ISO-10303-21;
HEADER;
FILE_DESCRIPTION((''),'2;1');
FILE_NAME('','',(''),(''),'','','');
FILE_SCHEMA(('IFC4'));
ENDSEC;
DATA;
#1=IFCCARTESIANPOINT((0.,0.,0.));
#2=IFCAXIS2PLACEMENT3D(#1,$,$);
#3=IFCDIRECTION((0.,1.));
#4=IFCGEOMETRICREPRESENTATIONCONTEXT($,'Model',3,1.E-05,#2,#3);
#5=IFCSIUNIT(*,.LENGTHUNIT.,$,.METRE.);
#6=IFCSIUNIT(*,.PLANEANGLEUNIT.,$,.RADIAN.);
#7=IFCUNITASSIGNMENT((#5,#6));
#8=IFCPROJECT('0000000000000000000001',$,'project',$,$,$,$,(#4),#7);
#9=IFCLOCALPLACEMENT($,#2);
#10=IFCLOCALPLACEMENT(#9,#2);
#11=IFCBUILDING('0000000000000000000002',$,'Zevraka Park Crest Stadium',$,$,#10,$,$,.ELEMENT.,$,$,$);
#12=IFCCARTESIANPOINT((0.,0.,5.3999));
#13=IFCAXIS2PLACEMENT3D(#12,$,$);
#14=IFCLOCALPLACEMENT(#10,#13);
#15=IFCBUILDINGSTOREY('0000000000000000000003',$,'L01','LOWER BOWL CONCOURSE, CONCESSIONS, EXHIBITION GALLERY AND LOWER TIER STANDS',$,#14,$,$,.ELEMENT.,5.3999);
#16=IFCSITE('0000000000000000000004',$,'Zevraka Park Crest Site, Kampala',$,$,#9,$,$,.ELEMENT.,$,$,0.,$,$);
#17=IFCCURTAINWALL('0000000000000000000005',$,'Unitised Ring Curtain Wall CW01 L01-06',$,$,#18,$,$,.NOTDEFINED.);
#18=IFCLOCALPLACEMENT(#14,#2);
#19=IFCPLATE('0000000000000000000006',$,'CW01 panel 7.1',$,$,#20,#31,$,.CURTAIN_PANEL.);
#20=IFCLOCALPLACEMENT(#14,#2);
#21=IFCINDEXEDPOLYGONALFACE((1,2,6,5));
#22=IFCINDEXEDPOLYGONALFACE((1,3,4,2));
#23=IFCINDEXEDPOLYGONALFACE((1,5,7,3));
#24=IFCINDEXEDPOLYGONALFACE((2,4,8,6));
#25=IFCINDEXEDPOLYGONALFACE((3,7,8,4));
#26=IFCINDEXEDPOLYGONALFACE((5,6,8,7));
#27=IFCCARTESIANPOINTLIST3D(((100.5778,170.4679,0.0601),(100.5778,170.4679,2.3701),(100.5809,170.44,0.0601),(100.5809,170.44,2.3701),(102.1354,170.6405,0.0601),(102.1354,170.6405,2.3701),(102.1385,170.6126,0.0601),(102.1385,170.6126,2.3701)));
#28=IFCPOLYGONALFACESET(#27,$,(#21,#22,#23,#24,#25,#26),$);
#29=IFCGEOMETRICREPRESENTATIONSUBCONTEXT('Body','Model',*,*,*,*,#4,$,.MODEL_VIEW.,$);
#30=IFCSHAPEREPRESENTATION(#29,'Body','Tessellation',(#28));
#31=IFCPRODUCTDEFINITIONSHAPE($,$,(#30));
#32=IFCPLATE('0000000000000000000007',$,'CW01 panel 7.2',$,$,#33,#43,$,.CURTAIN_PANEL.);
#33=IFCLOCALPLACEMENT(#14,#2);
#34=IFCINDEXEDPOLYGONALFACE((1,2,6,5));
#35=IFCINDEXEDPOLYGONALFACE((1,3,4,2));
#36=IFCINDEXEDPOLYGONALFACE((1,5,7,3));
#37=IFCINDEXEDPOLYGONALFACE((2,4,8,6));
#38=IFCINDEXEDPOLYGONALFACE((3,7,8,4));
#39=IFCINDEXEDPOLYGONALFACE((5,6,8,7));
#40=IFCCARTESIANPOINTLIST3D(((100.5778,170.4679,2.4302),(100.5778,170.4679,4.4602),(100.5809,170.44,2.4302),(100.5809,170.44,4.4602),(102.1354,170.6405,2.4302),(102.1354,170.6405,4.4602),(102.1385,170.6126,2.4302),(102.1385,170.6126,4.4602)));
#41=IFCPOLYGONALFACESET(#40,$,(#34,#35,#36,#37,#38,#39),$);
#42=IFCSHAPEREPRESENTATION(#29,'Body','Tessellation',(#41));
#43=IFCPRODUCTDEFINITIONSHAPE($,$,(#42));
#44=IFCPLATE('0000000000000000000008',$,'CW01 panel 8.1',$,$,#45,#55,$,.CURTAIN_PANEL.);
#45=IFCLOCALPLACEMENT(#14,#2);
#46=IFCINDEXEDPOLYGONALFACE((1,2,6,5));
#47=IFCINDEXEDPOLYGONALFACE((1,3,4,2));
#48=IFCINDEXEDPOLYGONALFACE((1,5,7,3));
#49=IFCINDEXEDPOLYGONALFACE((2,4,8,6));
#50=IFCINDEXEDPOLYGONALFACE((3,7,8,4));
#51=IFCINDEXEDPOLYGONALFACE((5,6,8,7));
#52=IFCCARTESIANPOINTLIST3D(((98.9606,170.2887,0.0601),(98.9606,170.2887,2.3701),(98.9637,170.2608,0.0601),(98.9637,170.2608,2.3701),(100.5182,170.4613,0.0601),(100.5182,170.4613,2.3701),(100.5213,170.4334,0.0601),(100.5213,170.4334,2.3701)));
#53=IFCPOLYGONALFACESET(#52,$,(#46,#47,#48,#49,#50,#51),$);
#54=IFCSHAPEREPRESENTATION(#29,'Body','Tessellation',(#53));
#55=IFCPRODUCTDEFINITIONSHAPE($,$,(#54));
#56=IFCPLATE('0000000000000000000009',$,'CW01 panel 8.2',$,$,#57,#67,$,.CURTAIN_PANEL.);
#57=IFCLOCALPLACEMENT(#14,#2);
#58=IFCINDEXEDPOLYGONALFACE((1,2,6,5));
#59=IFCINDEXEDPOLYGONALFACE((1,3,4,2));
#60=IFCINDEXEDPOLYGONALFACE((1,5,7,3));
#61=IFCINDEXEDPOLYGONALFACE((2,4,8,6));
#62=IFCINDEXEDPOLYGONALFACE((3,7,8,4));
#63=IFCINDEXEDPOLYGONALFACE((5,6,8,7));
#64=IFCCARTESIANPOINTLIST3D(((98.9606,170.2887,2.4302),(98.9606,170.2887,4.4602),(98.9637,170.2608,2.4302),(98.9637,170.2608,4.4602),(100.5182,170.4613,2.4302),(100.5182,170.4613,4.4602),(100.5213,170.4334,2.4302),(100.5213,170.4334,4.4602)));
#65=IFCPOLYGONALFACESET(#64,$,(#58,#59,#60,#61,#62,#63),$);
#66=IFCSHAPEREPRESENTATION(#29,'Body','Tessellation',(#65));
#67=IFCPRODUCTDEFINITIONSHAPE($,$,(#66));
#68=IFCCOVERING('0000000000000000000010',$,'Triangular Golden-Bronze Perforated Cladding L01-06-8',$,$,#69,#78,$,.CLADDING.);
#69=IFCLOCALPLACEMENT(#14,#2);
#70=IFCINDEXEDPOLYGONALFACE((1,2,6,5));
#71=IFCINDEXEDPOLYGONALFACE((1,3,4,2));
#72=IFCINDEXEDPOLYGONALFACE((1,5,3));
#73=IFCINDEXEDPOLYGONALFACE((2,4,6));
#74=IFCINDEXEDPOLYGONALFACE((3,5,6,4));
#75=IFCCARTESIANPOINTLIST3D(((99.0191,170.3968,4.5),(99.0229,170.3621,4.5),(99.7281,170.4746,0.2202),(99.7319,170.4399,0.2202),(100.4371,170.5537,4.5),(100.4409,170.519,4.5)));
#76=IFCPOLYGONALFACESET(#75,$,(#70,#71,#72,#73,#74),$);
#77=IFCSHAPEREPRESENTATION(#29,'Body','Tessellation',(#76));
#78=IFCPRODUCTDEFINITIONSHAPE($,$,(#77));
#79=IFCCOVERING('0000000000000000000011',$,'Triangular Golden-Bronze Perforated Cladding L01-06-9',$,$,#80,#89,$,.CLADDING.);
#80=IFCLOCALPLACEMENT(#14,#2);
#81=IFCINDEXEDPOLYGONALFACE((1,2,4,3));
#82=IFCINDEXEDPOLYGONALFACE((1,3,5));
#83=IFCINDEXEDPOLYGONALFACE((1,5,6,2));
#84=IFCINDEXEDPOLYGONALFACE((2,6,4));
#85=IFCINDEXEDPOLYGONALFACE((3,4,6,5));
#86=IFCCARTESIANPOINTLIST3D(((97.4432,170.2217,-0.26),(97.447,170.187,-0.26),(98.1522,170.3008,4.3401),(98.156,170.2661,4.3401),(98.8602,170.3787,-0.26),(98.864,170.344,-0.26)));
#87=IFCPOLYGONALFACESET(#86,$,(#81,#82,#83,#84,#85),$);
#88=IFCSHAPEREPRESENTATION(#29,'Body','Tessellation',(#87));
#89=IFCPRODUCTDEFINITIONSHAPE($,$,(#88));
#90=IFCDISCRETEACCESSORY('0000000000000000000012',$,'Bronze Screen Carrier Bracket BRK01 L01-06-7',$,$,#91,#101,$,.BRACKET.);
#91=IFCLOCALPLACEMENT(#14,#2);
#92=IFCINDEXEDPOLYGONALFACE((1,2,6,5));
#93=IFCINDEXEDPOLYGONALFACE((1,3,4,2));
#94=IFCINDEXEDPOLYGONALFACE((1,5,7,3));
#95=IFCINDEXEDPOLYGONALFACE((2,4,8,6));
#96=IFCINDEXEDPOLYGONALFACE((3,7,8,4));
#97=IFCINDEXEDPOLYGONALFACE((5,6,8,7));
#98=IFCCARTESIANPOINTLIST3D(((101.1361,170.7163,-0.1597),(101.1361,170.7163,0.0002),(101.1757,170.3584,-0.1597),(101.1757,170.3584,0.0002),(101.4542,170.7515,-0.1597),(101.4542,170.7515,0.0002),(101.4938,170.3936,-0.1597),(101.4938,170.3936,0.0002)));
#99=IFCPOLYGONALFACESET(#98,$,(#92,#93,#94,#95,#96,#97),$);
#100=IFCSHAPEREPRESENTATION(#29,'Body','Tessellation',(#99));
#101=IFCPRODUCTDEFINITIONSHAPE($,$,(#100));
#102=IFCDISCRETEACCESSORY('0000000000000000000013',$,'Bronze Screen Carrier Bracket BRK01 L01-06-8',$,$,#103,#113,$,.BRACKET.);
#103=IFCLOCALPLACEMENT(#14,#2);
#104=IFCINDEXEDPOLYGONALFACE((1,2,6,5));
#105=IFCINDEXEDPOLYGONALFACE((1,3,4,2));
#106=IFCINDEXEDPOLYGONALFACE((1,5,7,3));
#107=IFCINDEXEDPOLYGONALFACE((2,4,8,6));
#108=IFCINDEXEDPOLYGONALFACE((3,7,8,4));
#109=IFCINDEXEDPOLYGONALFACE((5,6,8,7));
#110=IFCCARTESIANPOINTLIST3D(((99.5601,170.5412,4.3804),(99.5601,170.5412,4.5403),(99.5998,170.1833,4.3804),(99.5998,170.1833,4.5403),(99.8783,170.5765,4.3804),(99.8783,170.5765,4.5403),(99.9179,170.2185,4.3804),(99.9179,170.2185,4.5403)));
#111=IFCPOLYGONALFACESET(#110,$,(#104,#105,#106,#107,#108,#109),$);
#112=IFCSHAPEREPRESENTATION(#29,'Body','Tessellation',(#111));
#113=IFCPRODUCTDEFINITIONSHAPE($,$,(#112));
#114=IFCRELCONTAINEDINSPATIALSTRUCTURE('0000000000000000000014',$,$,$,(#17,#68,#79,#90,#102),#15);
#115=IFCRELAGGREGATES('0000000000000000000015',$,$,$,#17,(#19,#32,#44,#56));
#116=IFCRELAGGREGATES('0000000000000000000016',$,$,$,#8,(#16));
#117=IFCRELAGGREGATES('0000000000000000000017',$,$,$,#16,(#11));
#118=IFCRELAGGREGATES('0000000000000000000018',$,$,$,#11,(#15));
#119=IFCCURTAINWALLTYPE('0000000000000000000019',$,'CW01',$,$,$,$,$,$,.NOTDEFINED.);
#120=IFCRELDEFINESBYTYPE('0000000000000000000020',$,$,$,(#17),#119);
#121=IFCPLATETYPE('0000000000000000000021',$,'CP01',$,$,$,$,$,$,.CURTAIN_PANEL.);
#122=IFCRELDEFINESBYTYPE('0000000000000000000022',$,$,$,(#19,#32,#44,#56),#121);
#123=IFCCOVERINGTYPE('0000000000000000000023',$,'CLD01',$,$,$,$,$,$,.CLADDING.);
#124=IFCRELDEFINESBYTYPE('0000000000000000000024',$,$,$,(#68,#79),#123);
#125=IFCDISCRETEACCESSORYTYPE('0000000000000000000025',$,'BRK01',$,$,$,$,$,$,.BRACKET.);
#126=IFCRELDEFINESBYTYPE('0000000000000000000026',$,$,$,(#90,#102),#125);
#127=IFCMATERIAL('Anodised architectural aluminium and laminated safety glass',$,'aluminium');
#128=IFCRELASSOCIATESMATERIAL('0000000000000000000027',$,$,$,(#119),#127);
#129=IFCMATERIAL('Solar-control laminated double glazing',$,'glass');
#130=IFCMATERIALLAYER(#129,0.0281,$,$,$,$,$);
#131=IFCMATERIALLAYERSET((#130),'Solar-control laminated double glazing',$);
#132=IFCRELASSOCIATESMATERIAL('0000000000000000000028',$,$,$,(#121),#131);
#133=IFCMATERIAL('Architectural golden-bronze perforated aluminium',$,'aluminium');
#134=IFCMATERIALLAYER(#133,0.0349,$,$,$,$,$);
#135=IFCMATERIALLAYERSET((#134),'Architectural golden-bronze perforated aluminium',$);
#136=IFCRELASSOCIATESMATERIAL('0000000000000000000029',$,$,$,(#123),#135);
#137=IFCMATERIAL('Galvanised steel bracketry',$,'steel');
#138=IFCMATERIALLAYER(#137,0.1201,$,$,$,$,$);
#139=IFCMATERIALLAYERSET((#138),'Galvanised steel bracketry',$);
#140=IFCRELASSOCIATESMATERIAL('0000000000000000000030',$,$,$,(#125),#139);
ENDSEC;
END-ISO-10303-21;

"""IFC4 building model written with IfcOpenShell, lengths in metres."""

from ifc_helpers import new_model, si_unit, direction, frame, origin, origin_2d, place, context, subcontext, project, spatial, polyline, rectangle, outline, extrude, material, layer, layer_set, type_object, element, aggregate, save


model = new_model("IFC4")

# Units and contexts
model_context = context("Model", 3, precision=1e-05, world=origin(), true_north=direction((0.0, 1.0)))
body_context = subcontext(model_context, "Body", "Model", "MODEL_VIEW")
ifc_project = project(units=[si_unit("LENGTHUNIT", "METRE"), si_unit("PLANEANGLEUNIT", "RADIAN")], contexts=[model_context])

# Site, building, storey
site_placement = place(None, origin())
site = spatial("IfcSite", under=ifc_project, at=site_placement, Name="Zevraka Park Crest Site, Kampala", CompositionType="ELEMENT", RefElevation=0.0)
building_placement = place(site_placement, origin())
building = spatial("IfcBuilding", under=site, at=building_placement, Name="Zevraka Park Crest Stadium", CompositionType="ELEMENT")
storey_placement = place(building_placement, frame((0.0, 0.0, 5.3999)))
storey = spatial("IfcBuildingStorey", under=building, at=storey_placement, Name="L01", Description="LOWER BOWL CONCOURSE, CONCESSIONS, EXHIBITION GALLERY AND LOWER TIER STANDS", CompositionType="ELEMENT", Elevation=5.3999)

# Curtain wall
ifc_material_1 = material(Name="Anodised architectural aluminium and laminated safety glass", Category="aluminium")
curtain_wall_type = type_object("IfcCurtainWallType", Name="CW01", PredefinedType="NOTDEFINED", material=ifc_material_1)
curtain_wall_placement = place(storey_placement, origin())
curtain_wall = element("IfcCurtainWall", 1, at=curtain_wall_placement, inside=storey, type_object=curtain_wall_type, Name="Unitised Ring Curtain Wall CW01 L01-06", PredefinedType="NOTDEFINED")

# Plates
ifc_material_2 = material(Name="Solar-control laminated double glazing", Category="glass")
ifc_layer_1 = layer(ifc_material_2, 0.0281)
ifc_layer_set_1 = layer_set([ifc_layer_1], Name="Solar-control laminated double glazing")
plate_type = type_object("IfcPlateType", Name="CP01", PredefinedType="CURTAIN_PANEL", material=ifc_layer_set_1)
plate_1_placement = place(storey_placement, frame((101.3582, 170.5403, 0.0601), z_axis=(0.0, 0.0, 1.0), x_axis=(-0.993917, -0.110135, 0.0)))
plate_1 = element("IfcPlate", 2, at=plate_1_placement, type_object=plate_type, Name="CW01 panel 7.1", PredefinedType="CURTAIN_PANEL", context=body_context, shape_type="SweptSolid", body=[
    extrude(rectangle(XDim=1.5671, YDim=0.0281, at=origin_2d()), origin(), (0.0, 0.0, 1.0), 2.3101),
])
plate_2_placement = place(storey_placement, frame((101.3582, 170.5403, 2.4302), z_axis=(0.0, 0.0, 1.0), x_axis=(-0.993917, -0.110135, 0.0)))
plate_2 = element("IfcPlate", 3, at=plate_2_placement, type_object=plate_type, Name="CW01 panel 7.2", PredefinedType="CURTAIN_PANEL", context=body_context, shape_type="SweptSolid", body=[
    extrude(rectangle(XDim=1.5671, YDim=0.0281, at=origin_2d()), origin(), (0.0, 0.0, 1.0), 2.03),
])
plate_3_placement = place(storey_placement, frame((99.741, 170.3611, 0.0601), z_axis=(0.0, 0.0, 1.0), x_axis=(-0.993917, -0.110135, 0.0)))
plate_3 = element("IfcPlate", 4, at=plate_3_placement, type_object=plate_type, Name="CW01 panel 8.1", PredefinedType="CURTAIN_PANEL", context=body_context, shape_type="SweptSolid", body=[
    extrude(rectangle(XDim=1.5671, YDim=0.0281, at=origin_2d()), origin(), (0.0, 0.0, 1.0), 2.3101),
])
plate_4_placement = place(storey_placement, frame((99.741, 170.3611, 2.4302), z_axis=(0.0, 0.0, 1.0), x_axis=(-0.993917, -0.110135, 0.0)))
plate_4 = element("IfcPlate", 5, at=plate_4_placement, type_object=plate_type, Name="CW01 panel 8.2", PredefinedType="CURTAIN_PANEL", context=body_context, shape_type="SweptSolid", body=[
    extrude(rectangle(XDim=1.5671, YDim=0.0281, at=origin_2d()), origin(), (0.0, 0.0, 1.0), 2.03),
])
aggregate(curtain_wall, [plate_1, plate_2, plate_3, plate_4])

# Coverings
ifc_material_3 = material(Name="Architectural golden-bronze perforated aluminium", Category="aluminium")
ifc_layer_2 = layer(ifc_material_3, 0.0349)
ifc_layer_set_2 = layer_set([ifc_layer_2], Name="Architectural golden-bronze perforated aluminium")
covering_type = type_object("IfcCoveringType", Name="CLD01", PredefinedType="CLADDING", material=ifc_layer_set_2)
covering_1_placement = place(storey_placement, frame((99.0229, 170.3621, 4.5), z_axis=(0.110037, -0.993927, 0.000142), x_axis=(0.993927, 0.110037, 0.0)))
element("IfcCovering", 6, at=covering_1_placement, inside=storey, type_object=covering_type, Name="Triangular Golden-Bronze Perforated Cladding L01-06-8", PredefinedType="CLADDING", context=body_context, shape_type="SweptSolid", body=[
    extrude(outline(polyline([(0.0, 0.0), (1.4266, 0.0), (0.7132, -4.2798), (0.0, 0.0)])), origin(), (0.0, 0.0, -1.0), 0.0349),
])
covering_2_placement = place(storey_placement, frame((98.864, 170.344, -0.26), z_axis=(0.110112, -0.993919, 0.00012), x_axis=(-0.993919, -0.110112, 0.0)))
element("IfcCovering", 7, at=covering_2_placement, inside=storey, type_object=covering_type, Name="Triangular Golden-Bronze Perforated Cladding L01-06-9", PredefinedType="CLADDING", context=body_context, shape_type="SweptSolid", body=[
    extrude(outline(polyline([(0.0, 0.0), (1.4257, 0.0), (0.7123, -4.6001), (0.0, 0.0)])), origin(), (0.0, 0.0, -1.0), 0.0349),
])

# Discrete accessories
ifc_material_4 = material(Name="Galvanised steel bracketry", Category="steel")
ifc_layer_3 = layer(ifc_material_4, 0.1201)
ifc_layer_set_3 = layer_set([ifc_layer_3], Name="Galvanised steel bracketry")
discrete_accessory_type = type_object("IfcDiscreteAccessoryType", Name="BRK01", PredefinedType="BRACKET", material=ifc_layer_set_3)
for number, where, z_axis, x_axis, name in (
    (8, (101.3149, 170.5549, -0.1597), (0.0, 0.0, 1.0), (-0.993923, -0.110081, 0.0), "Bronze Screen Carrier Bracket BRK01 L01-06-7"),
    (9, (99.739, 170.3799, 4.3804), (0.0, 0.0, 1.0), (-0.993923, -0.110081, 0.0), "Bronze Screen Carrier Bracket BRK01 L01-06-8"),
):
    element("IfcDiscreteAccessory", number, at=place(storey_placement, frame(where, z_axis=z_axis, x_axis=x_axis)), inside=storey, type_object=discrete_accessory_type, Name=name, PredefinedType="BRACKET", context=body_context, shape_type="SweptSolid", body=[
        extrude(rectangle(XDim=0.3201, YDim=0.3601, at=origin_2d()), origin(), (0.0, 0.0, 1.0), 0.1599),
    ])

save(model, "model.ifc")
